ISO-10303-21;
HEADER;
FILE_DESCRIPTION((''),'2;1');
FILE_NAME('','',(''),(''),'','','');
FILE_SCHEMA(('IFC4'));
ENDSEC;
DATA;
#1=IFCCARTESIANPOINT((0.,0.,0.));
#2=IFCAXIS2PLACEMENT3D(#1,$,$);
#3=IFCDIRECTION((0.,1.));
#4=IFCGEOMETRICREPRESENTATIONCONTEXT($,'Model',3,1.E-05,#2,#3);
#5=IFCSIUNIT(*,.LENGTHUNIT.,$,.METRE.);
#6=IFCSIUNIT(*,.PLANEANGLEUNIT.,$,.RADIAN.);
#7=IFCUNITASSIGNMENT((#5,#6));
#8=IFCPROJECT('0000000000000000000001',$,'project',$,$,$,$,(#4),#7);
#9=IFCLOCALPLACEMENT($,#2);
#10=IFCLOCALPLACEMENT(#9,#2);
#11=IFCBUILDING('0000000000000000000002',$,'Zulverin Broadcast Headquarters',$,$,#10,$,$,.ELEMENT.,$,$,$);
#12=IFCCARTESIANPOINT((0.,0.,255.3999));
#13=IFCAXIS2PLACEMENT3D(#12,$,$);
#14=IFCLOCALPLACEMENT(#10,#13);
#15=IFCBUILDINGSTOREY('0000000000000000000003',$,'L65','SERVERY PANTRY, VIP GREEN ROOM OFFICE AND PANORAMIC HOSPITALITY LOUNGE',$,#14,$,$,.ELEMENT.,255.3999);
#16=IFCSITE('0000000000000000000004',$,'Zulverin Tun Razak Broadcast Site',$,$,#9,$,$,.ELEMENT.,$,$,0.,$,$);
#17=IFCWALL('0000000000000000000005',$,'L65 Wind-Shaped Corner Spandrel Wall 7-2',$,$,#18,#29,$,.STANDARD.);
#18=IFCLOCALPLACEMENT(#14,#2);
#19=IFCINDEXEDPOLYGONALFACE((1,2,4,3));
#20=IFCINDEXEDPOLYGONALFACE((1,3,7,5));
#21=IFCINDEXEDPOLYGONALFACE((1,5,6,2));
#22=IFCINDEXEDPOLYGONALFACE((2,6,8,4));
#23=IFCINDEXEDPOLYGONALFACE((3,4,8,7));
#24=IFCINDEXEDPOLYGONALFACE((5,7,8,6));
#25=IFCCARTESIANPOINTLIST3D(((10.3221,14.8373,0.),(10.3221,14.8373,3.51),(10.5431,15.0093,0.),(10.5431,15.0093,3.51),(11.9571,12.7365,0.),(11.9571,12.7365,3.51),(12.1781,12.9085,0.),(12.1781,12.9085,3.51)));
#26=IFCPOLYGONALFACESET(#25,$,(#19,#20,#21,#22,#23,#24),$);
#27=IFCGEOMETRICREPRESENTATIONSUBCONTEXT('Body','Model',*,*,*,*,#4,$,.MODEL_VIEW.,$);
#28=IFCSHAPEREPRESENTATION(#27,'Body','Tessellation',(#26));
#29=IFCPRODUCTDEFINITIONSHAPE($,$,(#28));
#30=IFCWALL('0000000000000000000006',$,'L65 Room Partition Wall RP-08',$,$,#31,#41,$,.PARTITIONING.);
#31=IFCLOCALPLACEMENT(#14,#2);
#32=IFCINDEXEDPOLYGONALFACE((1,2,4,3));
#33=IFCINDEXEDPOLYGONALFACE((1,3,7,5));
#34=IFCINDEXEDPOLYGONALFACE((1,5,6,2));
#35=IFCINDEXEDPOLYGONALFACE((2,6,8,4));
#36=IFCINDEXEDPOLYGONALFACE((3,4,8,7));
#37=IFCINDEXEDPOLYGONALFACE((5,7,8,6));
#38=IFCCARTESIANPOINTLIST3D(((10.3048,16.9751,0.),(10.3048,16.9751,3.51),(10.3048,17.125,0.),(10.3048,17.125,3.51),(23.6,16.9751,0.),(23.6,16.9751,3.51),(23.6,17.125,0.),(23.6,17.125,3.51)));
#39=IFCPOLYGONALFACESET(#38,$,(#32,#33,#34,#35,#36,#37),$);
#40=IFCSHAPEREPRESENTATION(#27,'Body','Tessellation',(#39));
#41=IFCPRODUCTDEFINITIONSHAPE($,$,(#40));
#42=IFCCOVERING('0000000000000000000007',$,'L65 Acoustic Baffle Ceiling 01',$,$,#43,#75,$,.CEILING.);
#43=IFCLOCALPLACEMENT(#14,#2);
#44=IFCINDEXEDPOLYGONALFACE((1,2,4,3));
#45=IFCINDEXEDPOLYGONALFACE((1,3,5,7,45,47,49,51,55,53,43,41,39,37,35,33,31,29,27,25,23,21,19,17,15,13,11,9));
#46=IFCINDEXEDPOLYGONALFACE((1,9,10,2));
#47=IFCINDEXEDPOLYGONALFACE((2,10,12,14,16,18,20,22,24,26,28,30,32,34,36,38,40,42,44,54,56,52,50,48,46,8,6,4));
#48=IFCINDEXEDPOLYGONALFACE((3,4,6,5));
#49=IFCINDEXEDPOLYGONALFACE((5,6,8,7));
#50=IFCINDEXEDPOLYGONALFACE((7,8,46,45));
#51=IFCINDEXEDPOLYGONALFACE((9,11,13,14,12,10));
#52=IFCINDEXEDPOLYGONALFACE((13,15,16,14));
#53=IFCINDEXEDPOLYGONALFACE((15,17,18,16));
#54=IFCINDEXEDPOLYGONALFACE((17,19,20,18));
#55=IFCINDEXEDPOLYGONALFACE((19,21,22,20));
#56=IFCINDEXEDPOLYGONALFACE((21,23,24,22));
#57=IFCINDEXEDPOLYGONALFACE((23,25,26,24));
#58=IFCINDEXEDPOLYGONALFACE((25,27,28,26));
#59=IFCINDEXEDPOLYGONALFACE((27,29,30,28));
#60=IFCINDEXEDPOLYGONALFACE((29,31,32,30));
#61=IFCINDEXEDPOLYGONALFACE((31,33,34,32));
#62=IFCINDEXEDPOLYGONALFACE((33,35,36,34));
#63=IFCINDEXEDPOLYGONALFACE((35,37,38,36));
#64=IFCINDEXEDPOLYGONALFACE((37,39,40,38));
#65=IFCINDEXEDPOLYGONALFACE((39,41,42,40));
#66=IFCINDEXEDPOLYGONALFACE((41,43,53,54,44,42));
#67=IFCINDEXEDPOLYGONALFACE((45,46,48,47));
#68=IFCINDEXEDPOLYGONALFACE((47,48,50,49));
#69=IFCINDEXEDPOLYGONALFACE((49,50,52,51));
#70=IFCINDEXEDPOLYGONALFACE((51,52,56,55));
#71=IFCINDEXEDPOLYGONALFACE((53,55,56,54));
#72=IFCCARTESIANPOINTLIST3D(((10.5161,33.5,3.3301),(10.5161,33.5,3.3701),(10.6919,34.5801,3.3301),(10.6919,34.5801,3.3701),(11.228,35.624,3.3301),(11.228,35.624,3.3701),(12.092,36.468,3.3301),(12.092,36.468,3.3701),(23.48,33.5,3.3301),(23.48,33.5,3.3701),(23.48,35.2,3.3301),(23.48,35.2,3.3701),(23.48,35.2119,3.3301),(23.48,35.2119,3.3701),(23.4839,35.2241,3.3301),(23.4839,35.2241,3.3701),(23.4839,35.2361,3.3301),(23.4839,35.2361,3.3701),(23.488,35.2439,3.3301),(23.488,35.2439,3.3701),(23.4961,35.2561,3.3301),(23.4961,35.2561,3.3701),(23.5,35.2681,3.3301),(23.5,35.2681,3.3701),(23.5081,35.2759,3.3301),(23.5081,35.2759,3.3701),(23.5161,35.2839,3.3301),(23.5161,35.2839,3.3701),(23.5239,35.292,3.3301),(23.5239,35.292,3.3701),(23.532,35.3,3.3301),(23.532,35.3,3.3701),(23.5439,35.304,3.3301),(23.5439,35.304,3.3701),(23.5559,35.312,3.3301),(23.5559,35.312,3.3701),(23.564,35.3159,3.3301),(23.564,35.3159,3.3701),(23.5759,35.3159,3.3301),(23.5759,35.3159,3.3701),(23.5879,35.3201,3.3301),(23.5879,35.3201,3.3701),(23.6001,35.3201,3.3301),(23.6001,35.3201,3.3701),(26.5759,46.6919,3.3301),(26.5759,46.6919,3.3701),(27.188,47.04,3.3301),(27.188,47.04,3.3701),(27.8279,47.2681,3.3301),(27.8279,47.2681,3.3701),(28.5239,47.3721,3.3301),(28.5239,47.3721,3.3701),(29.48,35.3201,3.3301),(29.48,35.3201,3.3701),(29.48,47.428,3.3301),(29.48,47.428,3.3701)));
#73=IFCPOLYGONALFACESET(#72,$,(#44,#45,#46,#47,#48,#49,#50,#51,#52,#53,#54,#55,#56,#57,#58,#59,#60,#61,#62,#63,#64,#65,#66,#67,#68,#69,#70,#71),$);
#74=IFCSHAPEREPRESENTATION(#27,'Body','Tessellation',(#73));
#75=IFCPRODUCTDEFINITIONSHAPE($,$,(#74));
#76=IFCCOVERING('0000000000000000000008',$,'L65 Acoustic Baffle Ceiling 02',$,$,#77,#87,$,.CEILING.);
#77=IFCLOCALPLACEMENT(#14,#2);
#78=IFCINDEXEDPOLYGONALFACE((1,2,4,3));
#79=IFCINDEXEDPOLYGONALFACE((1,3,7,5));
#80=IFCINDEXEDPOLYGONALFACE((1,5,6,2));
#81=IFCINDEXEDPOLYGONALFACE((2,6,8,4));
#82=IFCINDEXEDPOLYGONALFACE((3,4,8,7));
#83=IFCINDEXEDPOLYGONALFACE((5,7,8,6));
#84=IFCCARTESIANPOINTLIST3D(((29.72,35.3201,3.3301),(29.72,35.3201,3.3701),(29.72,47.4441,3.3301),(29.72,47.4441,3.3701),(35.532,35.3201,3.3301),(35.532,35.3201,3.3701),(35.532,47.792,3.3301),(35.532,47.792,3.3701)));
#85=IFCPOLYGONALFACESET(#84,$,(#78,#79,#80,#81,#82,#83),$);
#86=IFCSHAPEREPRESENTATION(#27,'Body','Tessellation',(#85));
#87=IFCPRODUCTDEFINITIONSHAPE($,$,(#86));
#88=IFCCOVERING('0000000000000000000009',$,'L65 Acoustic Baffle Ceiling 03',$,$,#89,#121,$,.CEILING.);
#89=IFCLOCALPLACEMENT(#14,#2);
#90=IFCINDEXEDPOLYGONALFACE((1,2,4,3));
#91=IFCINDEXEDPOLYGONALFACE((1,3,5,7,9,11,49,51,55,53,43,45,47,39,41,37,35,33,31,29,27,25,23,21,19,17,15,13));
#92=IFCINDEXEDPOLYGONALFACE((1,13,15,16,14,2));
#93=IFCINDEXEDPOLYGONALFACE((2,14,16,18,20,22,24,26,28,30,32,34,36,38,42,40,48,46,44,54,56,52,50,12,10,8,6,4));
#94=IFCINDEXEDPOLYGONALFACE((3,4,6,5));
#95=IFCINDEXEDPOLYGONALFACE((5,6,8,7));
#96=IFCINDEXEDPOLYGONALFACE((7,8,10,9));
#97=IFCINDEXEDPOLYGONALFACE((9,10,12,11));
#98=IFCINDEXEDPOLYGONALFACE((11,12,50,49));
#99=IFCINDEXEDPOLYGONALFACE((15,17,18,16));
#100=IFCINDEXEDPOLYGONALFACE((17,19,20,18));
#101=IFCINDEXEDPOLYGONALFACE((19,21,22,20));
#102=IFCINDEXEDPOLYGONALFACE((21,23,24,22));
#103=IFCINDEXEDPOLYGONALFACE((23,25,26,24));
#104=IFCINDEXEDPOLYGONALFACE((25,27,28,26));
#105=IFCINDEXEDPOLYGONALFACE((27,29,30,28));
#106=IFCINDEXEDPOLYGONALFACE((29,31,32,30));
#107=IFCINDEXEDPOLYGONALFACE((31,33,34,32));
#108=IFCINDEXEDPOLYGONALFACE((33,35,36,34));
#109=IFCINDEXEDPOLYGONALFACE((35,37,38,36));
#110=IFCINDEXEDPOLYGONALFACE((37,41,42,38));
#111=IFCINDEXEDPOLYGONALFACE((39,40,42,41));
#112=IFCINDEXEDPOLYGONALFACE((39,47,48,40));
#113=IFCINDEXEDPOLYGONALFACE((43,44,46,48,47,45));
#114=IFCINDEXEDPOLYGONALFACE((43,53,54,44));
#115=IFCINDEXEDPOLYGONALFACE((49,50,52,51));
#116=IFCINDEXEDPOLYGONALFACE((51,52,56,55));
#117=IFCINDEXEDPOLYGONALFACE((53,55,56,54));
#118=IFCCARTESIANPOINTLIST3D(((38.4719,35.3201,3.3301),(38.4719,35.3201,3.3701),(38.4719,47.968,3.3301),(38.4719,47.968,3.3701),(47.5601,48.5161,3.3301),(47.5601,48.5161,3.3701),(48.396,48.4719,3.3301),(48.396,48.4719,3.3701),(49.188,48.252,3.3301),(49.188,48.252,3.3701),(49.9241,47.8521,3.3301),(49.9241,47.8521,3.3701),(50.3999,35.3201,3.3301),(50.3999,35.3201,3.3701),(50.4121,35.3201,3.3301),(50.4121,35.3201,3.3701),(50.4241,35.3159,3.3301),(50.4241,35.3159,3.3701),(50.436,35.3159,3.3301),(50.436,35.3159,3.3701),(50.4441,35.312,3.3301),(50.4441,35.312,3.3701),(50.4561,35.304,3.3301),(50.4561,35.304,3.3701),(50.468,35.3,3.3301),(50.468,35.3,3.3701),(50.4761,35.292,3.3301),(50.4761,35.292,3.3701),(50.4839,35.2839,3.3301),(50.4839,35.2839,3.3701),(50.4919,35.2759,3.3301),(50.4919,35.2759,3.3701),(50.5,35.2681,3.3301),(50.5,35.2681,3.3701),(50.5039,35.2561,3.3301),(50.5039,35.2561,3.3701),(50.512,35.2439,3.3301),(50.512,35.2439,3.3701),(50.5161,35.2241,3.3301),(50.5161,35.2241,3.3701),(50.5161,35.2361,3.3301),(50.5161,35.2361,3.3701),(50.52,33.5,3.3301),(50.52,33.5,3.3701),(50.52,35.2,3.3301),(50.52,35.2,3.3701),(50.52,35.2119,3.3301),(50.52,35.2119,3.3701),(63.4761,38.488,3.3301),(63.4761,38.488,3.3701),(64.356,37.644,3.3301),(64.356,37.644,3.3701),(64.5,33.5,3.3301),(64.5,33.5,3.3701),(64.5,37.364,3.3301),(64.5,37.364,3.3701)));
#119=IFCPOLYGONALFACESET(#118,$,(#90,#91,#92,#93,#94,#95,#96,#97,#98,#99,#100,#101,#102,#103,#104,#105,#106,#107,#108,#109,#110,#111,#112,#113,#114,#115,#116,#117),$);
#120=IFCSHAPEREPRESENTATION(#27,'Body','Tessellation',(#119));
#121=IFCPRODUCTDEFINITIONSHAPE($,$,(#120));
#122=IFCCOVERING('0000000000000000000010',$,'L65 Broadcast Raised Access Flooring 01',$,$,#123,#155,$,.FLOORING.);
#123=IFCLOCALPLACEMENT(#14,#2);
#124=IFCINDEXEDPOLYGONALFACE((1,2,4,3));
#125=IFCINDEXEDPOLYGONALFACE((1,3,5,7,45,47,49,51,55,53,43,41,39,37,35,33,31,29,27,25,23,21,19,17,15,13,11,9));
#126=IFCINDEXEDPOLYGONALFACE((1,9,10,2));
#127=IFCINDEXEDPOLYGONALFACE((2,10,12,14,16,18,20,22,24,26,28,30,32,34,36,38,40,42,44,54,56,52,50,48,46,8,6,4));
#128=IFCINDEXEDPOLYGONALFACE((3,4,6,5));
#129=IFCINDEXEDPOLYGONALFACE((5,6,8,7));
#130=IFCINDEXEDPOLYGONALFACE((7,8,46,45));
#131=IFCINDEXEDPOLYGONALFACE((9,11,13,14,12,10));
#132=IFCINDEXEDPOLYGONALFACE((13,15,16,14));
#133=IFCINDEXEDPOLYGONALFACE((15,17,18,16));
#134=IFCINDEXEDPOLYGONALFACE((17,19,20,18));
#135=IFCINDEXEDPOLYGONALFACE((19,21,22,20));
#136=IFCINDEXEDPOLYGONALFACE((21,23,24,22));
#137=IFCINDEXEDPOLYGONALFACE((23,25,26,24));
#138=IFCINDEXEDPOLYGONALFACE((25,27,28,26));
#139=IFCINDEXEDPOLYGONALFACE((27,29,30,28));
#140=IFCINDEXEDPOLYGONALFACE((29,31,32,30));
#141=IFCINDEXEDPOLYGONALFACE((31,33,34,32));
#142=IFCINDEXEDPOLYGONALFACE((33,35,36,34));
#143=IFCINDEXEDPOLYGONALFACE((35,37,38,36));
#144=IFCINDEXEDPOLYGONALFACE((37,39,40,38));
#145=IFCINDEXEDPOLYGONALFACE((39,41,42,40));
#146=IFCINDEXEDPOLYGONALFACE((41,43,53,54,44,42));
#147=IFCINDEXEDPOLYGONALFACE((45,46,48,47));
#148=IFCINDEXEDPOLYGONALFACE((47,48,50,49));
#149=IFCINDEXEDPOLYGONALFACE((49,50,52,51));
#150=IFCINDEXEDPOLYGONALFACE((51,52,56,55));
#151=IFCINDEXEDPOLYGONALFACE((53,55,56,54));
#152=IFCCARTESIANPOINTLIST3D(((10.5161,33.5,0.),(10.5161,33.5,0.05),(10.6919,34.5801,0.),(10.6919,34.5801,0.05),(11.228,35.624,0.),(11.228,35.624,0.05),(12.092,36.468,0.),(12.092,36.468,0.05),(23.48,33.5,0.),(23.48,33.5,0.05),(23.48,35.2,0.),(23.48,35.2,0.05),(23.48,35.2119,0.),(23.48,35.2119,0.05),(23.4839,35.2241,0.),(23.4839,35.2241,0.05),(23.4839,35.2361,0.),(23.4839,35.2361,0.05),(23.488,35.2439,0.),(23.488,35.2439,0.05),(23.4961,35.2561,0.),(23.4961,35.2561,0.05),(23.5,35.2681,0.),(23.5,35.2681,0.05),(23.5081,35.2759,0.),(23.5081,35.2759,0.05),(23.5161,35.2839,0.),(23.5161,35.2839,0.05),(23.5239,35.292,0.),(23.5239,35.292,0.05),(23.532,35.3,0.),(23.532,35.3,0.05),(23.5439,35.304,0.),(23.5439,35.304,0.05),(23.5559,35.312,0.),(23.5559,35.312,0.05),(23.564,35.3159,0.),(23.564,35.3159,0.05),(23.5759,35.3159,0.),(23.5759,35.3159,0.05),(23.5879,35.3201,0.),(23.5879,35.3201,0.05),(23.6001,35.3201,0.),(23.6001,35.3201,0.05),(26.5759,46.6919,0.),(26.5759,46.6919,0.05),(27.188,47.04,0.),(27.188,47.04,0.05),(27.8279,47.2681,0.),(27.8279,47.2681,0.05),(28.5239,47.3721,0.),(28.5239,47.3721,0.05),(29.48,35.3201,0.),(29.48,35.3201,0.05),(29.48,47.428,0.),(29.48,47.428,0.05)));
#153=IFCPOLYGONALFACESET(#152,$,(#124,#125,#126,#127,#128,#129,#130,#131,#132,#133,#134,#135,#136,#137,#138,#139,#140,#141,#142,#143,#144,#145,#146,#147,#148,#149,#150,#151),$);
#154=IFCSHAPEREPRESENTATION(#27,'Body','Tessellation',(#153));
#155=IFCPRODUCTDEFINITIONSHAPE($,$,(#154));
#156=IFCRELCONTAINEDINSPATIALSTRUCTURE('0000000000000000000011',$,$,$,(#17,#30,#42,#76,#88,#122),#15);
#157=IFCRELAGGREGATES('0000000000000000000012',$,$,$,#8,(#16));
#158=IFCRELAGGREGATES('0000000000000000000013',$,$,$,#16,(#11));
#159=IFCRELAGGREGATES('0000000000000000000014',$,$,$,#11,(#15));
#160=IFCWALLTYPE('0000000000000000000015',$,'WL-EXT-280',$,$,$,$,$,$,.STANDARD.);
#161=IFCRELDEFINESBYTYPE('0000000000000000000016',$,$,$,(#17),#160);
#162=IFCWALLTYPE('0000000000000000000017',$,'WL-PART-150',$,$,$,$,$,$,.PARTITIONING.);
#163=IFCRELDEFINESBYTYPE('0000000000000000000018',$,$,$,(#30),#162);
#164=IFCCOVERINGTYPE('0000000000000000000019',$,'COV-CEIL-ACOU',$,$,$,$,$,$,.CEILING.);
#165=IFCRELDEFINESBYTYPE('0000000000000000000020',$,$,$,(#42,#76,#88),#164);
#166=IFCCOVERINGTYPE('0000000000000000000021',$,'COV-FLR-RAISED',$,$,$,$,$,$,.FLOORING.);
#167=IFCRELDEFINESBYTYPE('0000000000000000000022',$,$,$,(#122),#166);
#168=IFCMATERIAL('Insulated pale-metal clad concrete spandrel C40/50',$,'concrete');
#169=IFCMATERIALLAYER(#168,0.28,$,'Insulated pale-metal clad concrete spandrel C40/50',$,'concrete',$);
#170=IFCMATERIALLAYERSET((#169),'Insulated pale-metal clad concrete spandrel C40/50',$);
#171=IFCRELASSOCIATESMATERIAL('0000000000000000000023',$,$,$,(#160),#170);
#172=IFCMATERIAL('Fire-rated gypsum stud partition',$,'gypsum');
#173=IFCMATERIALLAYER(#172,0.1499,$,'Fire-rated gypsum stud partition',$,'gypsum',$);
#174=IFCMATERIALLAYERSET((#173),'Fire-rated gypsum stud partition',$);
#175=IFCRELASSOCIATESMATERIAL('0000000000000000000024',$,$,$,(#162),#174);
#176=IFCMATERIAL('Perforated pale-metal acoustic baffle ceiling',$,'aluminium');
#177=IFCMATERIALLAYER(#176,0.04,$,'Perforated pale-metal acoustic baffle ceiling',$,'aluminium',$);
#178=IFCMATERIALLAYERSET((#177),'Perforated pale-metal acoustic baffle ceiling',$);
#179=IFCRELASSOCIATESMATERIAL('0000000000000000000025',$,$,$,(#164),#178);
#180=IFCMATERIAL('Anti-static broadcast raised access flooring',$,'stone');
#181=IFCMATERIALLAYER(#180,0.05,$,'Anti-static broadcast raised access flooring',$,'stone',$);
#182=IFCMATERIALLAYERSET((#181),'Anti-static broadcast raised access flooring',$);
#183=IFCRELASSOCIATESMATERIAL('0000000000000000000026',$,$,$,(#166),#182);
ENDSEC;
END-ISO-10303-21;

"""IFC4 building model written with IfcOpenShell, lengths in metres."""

from ifc_helpers import new_model, si_unit, direction, frame, frame_2d, origin, place, context, subcontext, project, spatial, polyline, rectangle, outline, extrude, material, layer, layer_set, type_object, element, save


model = new_model("IFC4")

# Units and contexts
model_context = context("Model", 3, precision=1e-05, world=origin(), true_north=direction((0.0, 1.0)))
body_context = subcontext(model_context, "Body", "Model", "MODEL_VIEW")
ifc_project = project(units=[si_unit("LENGTHUNIT", "METRE"), si_unit("PLANEANGLEUNIT", "RADIAN")], contexts=[model_context])

# Site, building, storey
site_placement = place(None, origin())
site = spatial("IfcSite", under=ifc_project, at=site_placement, Name="Zulverin Tun Razak Broadcast Site", CompositionType="ELEMENT", RefElevation=0.0)
building_placement = place(site_placement, origin())
building = spatial("IfcBuilding", under=site, at=building_placement, Name="Zulverin Broadcast Headquarters", CompositionType="ELEMENT")
storey_placement = place(building_placement, frame((0.0, 0.0, 255.3999)))
storey = spatial("IfcBuildingStorey", under=building, at=storey_placement, Name="L65", Description="SERVERY PANTRY, VIP GREEN ROOM OFFICE AND PANORAMIC HOSPITALITY LOUNGE", CompositionType="ELEMENT", Elevation=255.3999)

# Walls
ifc_material_1 = material(Name="Insulated pale-metal clad concrete spandrel C40/50", Category="concrete")
ifc_layer_1 = layer(ifc_material_1, 0.28, Name="Insulated pale-metal clad concrete spandrel C40/50", Category="concrete")
ifc_layer_set_1 = layer_set([ifc_layer_1], Name="Insulated pale-metal clad concrete spandrel C40/50")
wall_type_1 = type_object("IfcWallType", Name="WL-EXT-280", PredefinedType="STANDARD", material=ifc_layer_set_1)
wall_1_placement = place(storey_placement, frame((10.4326, 14.9233, 0.0), z_axis=(0.0, 0.0, 1.0), x_axis=(0.614182, -0.789165, 0.0)))
element("IfcWall", 1, at=wall_1_placement, inside=storey, type_object=wall_type_1, Name="L65 Wind-Shaped Corner Spandrel Wall 7-2", PredefinedType="STANDARD", context=body_context, shape_type="SweptSolid", body=[
    extrude(rectangle(XDim=2.6621, YDim=0.28, at=frame_2d((1.3311, 0.0))), origin(), (0.0, 0.0, 1.0), 3.51),
])
ifc_material_2 = material(Name="Fire-rated gypsum stud partition", Category="gypsum")
ifc_layer_2 = layer(ifc_material_2, 0.1499, Name="Fire-rated gypsum stud partition", Category="gypsum")
ifc_layer_set_2 = layer_set([ifc_layer_2], Name="Fire-rated gypsum stud partition")
wall_type_2 = type_object("IfcWallType", Name="WL-PART-150", PredefinedType="PARTITIONING", material=ifc_layer_set_2)
wall_2_placement = place(storey_placement, frame((10.3049, 17.05, 0.0), z_axis=(0.0, 0.0, 1.0), x_axis=(1.0, 0.0, 0.0)))
element("IfcWall", 2, at=wall_2_placement, inside=storey, type_object=wall_type_2, Name="L65 Room Partition Wall RP-08", PredefinedType="PARTITIONING", context=body_context, shape_type="SweptSolid", body=[
    extrude(rectangle(XDim=13.2952, YDim=0.1499, at=frame_2d((6.6475, 0.0))), origin(), (0.0, 0.0, 1.0), 3.51),
])

# Coverings
ifc_material_3 = material(Name="Perforated pale-metal acoustic baffle ceiling", Category="aluminium")
ifc_layer_3 = layer(ifc_material_3, 0.04, Name="Perforated pale-metal acoustic baffle ceiling", Category="aluminium")
ifc_layer_set_3 = layer_set([ifc_layer_3], Name="Perforated pale-metal acoustic baffle ceiling")
covering_type_1 = type_object("IfcCoveringType", Name="COV-CEIL-ACOU", PredefinedType="CEILING", material=ifc_layer_set_3)
covering_1_placement = place(storey_placement, frame((0.0, 0.0, 3.3301)))
element("IfcCovering", 3, at=covering_1_placement, inside=storey, type_object=covering_type_1, Name="L65 Acoustic Baffle Ceiling 01", PredefinedType="CEILING", context=body_context, shape_type="SweptSolid", body=[
    extrude(outline(polyline([(12.092, 36.468), (11.228, 35.624), (10.6919, 34.5801), (10.5161, 33.5), (23.48, 33.5), (23.48, 35.2), (23.48, 35.2119), (23.4839, 35.2241), (23.4839, 35.2361), (23.488, 35.2439), (23.4961, 35.2561), (23.5, 35.2681), (23.5081, 35.2759), (23.5161, 35.2839), (23.5239, 35.292), (23.532, 35.3), (23.5439, 35.304), (23.5559, 35.312), (23.564, 35.3159), (23.5759, 35.3159), (23.5879, 35.3201), (23.6001, 35.3201), (29.48, 35.3201), (29.48, 47.428), (28.5239, 47.3721), (27.8279, 47.2681), (27.188, 47.04), (26.5759, 46.6919), (12.092, 36.468)])), origin(), (0.0, 0.0, 1.0), 0.04),
])
covering_2_placement = place(storey_placement, frame((0.0, 0.0, 3.3301)))
element("IfcCovering", 4, at=covering_2_placement, inside=storey, type_object=covering_type_1, Name="L65 Acoustic Baffle Ceiling 02", PredefinedType="CEILING", context=body_context, shape_type="SweptSolid", body=[
    extrude(outline(polyline([(35.532, 35.3201), (35.532, 47.792), (29.72, 47.4441), (29.72, 35.3201), (35.532, 35.3201)])), origin(), (0.0, 0.0, 1.0), 0.04),
])
covering_3_placement = place(storey_placement, frame((0.0, 0.0, 3.3301)))
element("IfcCovering", 5, at=covering_3_placement, inside=storey, type_object=covering_type_1, Name="L65 Acoustic Baffle Ceiling 03", PredefinedType="CEILING", context=body_context, shape_type="SweptSolid", body=[
    extrude(outline(polyline([(47.5601, 48.5161), (38.4719, 47.968), (38.4719, 35.3201), (50.3999, 35.3201), (50.4121, 35.3201), (50.4241, 35.3159), (50.436, 35.3159), (50.4441, 35.312), (50.4561, 35.304), (50.468, 35.3), (50.4761, 35.292), (50.4839, 35.2839), (50.4919, 35.2759), (50.5, 35.2681), (50.5039, 35.2561), (50.512, 35.2439), (50.5161, 35.2361), (50.5161, 35.2241), (50.52, 35.2119), (50.52, 35.2), (50.52, 33.5), (64.5, 33.5), (64.5, 37.364), (64.356, 37.644), (63.4761, 38.488), (49.9241, 47.8521), (49.188, 48.252), (48.396, 48.4719), (47.5601, 48.5161)])), origin(), (0.0, 0.0, 1.0), 0.04),
])
ifc_material_4 = material(Name="Anti-static broadcast raised access flooring", Category="stone")
ifc_layer_4 = layer(ifc_material_4, 0.05, Name="Anti-static broadcast raised access flooring", Category="stone")
ifc_layer_set_4 = layer_set([ifc_layer_4], Name="Anti-static broadcast raised access flooring")
covering_type_2 = type_object("IfcCoveringType", Name="COV-FLR-RAISED", PredefinedType="FLOORING", material=ifc_layer_set_4)
covering_4_placement = place(storey_placement, origin())
element("IfcCovering", 6, at=covering_4_placement, inside=storey, type_object=covering_type_2, Name="L65 Broadcast Raised Access Flooring 01", PredefinedType="FLOORING", context=body_context, shape_type="SweptSolid", body=[
    extrude(outline(polyline([(12.092, 36.468), (11.228, 35.624), (10.6919, 34.5801), (10.5161, 33.5), (23.48, 33.5), (23.48, 35.2), (23.48, 35.2119), (23.4839, 35.2241), (23.4839, 35.2361), (23.488, 35.2439), (23.4961, 35.2561), (23.5, 35.2681), (23.5081, 35.2759), (23.5161, 35.2839), (23.5239, 35.292), (23.532, 35.3), (23.5439, 35.304), (23.5559, 35.312), (23.564, 35.3159), (23.5759, 35.3159), (23.5879, 35.3201), (23.6001, 35.3201), (29.48, 35.3201), (29.48, 47.428), (28.5239, 47.3721), (27.8279, 47.2681), (27.188, 47.04), (26.5759, 46.6919), (12.092, 36.468)])), origin(), (0.0, 0.0, 1.0), 0.05),
])

save(model, "model.ifc")
